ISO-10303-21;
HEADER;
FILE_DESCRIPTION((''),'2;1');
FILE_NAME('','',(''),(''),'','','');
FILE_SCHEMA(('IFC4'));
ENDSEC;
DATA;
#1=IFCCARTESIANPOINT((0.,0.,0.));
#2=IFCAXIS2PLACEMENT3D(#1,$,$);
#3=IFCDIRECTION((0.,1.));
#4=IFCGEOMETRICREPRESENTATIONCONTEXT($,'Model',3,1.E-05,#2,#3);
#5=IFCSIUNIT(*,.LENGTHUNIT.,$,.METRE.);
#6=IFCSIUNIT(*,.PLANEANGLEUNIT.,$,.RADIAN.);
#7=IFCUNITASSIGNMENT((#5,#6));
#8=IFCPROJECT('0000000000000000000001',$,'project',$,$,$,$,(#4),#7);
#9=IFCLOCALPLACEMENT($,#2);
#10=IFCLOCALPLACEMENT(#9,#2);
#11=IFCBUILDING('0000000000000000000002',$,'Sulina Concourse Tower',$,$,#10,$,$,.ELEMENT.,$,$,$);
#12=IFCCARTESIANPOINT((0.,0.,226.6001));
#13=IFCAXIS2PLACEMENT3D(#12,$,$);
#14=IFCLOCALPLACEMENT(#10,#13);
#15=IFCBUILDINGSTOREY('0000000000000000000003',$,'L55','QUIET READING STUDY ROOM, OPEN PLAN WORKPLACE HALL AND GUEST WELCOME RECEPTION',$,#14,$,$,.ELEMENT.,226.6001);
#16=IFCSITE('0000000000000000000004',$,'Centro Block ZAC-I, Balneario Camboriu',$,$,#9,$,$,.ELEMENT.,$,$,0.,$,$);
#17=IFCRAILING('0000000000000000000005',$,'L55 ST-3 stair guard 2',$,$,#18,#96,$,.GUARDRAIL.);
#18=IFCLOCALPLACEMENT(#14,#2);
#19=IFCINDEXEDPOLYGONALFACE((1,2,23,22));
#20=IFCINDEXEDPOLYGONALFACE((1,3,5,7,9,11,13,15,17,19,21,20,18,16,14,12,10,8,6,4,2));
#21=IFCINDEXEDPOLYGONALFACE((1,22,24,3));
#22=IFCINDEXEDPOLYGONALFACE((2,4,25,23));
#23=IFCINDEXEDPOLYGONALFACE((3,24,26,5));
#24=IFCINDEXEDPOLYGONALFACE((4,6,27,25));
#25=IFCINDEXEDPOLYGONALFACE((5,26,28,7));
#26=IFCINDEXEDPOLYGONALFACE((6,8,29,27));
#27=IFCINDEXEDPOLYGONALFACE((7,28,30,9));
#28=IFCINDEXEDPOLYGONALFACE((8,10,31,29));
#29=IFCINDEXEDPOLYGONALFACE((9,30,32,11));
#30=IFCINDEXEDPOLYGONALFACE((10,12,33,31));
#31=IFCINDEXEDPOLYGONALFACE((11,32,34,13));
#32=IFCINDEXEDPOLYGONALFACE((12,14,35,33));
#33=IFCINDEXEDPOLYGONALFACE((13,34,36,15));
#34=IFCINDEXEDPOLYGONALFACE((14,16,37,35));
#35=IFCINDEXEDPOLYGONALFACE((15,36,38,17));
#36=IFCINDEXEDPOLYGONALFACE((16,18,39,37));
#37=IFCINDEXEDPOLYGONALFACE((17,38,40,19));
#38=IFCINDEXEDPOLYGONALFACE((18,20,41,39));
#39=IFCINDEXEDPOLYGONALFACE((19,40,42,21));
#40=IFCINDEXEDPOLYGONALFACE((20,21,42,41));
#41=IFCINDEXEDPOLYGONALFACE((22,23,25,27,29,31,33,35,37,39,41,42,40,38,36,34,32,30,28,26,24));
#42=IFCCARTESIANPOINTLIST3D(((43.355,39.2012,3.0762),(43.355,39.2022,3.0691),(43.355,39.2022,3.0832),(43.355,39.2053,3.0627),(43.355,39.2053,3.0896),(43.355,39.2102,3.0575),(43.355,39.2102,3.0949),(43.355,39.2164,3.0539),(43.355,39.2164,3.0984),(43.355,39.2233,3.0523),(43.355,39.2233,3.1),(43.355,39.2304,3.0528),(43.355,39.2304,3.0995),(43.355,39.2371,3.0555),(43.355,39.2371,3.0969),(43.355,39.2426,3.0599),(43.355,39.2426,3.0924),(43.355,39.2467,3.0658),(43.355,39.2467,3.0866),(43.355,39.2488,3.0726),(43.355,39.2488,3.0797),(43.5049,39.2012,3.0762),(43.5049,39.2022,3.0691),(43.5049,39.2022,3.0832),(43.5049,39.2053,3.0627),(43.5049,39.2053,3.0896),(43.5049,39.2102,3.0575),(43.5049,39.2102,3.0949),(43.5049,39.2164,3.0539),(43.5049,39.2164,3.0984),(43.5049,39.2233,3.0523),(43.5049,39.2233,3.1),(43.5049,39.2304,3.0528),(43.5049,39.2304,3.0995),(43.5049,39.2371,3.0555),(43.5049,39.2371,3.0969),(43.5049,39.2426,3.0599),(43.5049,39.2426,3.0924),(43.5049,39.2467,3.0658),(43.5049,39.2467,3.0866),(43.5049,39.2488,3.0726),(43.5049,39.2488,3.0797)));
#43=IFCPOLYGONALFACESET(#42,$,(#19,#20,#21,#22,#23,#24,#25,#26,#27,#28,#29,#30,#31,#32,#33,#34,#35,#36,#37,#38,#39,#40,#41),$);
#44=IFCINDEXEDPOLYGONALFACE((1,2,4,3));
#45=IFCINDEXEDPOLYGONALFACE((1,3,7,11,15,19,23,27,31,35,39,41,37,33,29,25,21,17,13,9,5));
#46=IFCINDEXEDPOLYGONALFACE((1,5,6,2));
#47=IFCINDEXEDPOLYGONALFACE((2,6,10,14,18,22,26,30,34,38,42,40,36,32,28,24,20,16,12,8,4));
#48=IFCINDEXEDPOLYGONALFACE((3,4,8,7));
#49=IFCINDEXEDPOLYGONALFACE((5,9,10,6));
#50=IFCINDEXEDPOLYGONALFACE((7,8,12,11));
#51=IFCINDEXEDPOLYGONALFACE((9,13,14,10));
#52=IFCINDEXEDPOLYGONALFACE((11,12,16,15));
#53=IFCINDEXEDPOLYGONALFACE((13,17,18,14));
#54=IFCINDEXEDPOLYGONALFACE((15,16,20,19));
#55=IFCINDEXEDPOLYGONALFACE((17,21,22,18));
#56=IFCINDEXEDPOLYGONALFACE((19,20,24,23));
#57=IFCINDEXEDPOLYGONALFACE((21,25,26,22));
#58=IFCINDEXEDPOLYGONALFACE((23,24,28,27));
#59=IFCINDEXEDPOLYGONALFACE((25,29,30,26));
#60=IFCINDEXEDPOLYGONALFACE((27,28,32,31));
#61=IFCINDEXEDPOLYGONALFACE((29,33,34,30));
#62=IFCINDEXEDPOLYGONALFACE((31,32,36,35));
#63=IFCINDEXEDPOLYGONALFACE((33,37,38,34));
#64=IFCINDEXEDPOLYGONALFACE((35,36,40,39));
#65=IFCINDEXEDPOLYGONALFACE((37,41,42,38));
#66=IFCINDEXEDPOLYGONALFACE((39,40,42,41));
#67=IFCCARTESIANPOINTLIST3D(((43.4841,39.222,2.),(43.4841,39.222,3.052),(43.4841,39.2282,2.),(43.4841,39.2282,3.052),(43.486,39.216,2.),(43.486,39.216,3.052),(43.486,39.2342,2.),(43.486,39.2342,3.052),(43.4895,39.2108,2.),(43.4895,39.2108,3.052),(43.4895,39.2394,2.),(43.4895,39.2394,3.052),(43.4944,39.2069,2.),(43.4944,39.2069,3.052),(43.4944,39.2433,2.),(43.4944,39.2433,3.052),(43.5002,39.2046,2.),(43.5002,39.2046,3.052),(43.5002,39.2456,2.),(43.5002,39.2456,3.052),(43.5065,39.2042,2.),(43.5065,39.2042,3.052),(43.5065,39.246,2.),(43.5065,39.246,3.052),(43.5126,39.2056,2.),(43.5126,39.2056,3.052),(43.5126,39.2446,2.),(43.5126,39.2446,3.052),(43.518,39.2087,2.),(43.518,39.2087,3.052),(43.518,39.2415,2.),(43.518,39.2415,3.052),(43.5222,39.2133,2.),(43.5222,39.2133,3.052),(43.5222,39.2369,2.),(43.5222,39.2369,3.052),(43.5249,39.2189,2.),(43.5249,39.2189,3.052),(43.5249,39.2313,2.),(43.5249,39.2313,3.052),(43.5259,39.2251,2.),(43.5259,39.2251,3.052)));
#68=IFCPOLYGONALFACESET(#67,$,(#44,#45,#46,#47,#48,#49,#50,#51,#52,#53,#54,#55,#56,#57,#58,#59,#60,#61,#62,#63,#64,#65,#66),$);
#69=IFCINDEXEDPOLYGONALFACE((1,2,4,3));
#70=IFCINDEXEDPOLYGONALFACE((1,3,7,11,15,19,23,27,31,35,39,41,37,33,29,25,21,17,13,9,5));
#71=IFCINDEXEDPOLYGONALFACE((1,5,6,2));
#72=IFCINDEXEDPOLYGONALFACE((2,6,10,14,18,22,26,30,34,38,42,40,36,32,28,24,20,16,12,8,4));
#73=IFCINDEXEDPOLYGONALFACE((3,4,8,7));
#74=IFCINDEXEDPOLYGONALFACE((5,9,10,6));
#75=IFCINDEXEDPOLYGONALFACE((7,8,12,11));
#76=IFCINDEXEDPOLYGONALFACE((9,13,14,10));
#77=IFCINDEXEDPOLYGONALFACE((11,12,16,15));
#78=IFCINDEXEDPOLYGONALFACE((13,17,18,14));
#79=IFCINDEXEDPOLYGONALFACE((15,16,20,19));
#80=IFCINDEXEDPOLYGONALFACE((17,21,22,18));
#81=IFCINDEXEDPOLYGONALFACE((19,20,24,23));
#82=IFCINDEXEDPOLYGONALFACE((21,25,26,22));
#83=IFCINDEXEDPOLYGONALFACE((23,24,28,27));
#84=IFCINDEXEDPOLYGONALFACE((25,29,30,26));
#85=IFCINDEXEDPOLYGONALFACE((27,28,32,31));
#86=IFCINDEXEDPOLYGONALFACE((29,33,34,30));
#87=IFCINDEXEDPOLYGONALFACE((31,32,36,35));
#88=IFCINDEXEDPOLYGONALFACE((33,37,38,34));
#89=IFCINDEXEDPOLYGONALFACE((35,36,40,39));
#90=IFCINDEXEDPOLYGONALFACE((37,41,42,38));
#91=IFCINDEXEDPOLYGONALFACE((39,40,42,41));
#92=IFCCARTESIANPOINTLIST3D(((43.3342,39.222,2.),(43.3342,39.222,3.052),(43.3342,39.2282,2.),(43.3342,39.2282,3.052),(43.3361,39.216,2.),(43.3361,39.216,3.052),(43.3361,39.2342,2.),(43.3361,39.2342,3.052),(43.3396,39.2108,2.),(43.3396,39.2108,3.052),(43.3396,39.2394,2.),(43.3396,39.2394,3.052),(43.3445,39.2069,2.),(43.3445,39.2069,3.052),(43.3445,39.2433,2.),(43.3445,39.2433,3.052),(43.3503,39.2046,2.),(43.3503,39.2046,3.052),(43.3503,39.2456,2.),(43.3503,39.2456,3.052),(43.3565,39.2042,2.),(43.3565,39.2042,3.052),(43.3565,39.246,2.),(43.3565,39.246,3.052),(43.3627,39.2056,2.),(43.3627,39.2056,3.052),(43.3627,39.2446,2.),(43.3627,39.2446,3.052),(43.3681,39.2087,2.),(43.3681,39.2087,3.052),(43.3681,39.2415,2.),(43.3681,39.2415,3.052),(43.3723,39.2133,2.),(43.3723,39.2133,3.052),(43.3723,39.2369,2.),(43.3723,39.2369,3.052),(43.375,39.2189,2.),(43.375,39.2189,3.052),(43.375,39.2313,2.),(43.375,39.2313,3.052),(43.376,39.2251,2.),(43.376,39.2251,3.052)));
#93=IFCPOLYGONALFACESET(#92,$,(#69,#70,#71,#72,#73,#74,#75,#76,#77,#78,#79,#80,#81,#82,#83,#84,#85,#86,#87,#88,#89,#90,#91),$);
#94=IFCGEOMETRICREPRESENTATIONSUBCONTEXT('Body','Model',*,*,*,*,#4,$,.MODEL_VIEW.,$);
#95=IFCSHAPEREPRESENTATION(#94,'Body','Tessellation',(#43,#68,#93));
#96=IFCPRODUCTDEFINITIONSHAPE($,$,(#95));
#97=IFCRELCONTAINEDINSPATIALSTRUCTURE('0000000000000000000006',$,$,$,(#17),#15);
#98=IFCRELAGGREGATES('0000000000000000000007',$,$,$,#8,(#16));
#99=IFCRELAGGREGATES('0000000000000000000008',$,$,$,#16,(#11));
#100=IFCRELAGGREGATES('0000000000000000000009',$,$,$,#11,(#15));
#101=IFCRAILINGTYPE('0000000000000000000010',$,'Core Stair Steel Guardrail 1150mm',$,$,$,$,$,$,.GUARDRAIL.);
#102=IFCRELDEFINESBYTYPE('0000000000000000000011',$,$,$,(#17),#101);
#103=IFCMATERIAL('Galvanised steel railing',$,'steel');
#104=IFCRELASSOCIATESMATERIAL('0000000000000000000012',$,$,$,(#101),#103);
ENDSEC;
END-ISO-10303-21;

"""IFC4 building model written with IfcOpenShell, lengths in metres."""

from ifc_helpers import new_model, si_unit, direction, frame, origin, origin_2d, place, context, subcontext, project, spatial, circle, extrude, material, type_object, element, save


model = new_model("IFC4")

# Units and contexts
model_context = context("Model", 3, precision=1e-05, world=origin(), true_north=direction((0.0, 1.0)))
body_context = subcontext(model_context, "Body", "Model", "MODEL_VIEW")
ifc_project = project(units=[si_unit("LENGTHUNIT", "METRE"), si_unit("PLANEANGLEUNIT", "RADIAN")], contexts=[model_context])

# Site, building, storey
site_placement = place(None, origin())
site = spatial("IfcSite", under=ifc_project, at=site_placement, Name="Centro Block ZAC-I, Balneario Camboriu", CompositionType="ELEMENT", RefElevation=0.0)
building_placement = place(site_placement, origin())
building = spatial("IfcBuilding", under=site, at=building_placement, Name="Sulina Concourse Tower", CompositionType="ELEMENT")
storey_placement = place(building_placement, frame((0.0, 0.0, 226.6001)))
storey = spatial("IfcBuildingStorey", under=building, at=storey_placement, Name="L55", Description="QUIET READING STUDY ROOM, OPEN PLAN WORKPLACE HALL AND GUEST WELCOME RECEPTION", CompositionType="ELEMENT", Elevation=226.6001)

# Railing
ifc_material_1 = material(Name="Galvanised steel railing", Category="steel")
railing_type_1 = type_object("IfcRailingType", Name="Core Stair Steel Guardrail 1150mm", PredefinedType="GUARDRAIL", material=ifc_material_1)
railing_1_placement = place(storey_placement, frame((43.5049, 39.2251, 2.0)))
element("IfcRailing", 1, at=railing_1_placement, inside=storey, type_object=railing_type_1, Name="L55 ST-3 stair guard 2", PredefinedType="GUARDRAIL", context=body_context, shape_type="SweptSolid", body=[
    extrude(circle(Radius=0.0239, at=origin_2d()), frame((0.0, 0.0, 1.0762), z_axis=(-1.0, 0.0, 0.0), x_axis=(0.0, -1.0, 0.0)), (0.0, 0.0, 1.0), 0.1499),
    extrude(circle(Radius=0.021, at=origin_2d()), origin(), (0.0, 0.0, 1.0), 1.052),
    extrude(circle(Radius=0.021, at=origin_2d()), frame((-0.1499, 0.0, 0.0)), (0.0, 0.0, 1.0), 1.052),
])

save(model, "model.ifc")
